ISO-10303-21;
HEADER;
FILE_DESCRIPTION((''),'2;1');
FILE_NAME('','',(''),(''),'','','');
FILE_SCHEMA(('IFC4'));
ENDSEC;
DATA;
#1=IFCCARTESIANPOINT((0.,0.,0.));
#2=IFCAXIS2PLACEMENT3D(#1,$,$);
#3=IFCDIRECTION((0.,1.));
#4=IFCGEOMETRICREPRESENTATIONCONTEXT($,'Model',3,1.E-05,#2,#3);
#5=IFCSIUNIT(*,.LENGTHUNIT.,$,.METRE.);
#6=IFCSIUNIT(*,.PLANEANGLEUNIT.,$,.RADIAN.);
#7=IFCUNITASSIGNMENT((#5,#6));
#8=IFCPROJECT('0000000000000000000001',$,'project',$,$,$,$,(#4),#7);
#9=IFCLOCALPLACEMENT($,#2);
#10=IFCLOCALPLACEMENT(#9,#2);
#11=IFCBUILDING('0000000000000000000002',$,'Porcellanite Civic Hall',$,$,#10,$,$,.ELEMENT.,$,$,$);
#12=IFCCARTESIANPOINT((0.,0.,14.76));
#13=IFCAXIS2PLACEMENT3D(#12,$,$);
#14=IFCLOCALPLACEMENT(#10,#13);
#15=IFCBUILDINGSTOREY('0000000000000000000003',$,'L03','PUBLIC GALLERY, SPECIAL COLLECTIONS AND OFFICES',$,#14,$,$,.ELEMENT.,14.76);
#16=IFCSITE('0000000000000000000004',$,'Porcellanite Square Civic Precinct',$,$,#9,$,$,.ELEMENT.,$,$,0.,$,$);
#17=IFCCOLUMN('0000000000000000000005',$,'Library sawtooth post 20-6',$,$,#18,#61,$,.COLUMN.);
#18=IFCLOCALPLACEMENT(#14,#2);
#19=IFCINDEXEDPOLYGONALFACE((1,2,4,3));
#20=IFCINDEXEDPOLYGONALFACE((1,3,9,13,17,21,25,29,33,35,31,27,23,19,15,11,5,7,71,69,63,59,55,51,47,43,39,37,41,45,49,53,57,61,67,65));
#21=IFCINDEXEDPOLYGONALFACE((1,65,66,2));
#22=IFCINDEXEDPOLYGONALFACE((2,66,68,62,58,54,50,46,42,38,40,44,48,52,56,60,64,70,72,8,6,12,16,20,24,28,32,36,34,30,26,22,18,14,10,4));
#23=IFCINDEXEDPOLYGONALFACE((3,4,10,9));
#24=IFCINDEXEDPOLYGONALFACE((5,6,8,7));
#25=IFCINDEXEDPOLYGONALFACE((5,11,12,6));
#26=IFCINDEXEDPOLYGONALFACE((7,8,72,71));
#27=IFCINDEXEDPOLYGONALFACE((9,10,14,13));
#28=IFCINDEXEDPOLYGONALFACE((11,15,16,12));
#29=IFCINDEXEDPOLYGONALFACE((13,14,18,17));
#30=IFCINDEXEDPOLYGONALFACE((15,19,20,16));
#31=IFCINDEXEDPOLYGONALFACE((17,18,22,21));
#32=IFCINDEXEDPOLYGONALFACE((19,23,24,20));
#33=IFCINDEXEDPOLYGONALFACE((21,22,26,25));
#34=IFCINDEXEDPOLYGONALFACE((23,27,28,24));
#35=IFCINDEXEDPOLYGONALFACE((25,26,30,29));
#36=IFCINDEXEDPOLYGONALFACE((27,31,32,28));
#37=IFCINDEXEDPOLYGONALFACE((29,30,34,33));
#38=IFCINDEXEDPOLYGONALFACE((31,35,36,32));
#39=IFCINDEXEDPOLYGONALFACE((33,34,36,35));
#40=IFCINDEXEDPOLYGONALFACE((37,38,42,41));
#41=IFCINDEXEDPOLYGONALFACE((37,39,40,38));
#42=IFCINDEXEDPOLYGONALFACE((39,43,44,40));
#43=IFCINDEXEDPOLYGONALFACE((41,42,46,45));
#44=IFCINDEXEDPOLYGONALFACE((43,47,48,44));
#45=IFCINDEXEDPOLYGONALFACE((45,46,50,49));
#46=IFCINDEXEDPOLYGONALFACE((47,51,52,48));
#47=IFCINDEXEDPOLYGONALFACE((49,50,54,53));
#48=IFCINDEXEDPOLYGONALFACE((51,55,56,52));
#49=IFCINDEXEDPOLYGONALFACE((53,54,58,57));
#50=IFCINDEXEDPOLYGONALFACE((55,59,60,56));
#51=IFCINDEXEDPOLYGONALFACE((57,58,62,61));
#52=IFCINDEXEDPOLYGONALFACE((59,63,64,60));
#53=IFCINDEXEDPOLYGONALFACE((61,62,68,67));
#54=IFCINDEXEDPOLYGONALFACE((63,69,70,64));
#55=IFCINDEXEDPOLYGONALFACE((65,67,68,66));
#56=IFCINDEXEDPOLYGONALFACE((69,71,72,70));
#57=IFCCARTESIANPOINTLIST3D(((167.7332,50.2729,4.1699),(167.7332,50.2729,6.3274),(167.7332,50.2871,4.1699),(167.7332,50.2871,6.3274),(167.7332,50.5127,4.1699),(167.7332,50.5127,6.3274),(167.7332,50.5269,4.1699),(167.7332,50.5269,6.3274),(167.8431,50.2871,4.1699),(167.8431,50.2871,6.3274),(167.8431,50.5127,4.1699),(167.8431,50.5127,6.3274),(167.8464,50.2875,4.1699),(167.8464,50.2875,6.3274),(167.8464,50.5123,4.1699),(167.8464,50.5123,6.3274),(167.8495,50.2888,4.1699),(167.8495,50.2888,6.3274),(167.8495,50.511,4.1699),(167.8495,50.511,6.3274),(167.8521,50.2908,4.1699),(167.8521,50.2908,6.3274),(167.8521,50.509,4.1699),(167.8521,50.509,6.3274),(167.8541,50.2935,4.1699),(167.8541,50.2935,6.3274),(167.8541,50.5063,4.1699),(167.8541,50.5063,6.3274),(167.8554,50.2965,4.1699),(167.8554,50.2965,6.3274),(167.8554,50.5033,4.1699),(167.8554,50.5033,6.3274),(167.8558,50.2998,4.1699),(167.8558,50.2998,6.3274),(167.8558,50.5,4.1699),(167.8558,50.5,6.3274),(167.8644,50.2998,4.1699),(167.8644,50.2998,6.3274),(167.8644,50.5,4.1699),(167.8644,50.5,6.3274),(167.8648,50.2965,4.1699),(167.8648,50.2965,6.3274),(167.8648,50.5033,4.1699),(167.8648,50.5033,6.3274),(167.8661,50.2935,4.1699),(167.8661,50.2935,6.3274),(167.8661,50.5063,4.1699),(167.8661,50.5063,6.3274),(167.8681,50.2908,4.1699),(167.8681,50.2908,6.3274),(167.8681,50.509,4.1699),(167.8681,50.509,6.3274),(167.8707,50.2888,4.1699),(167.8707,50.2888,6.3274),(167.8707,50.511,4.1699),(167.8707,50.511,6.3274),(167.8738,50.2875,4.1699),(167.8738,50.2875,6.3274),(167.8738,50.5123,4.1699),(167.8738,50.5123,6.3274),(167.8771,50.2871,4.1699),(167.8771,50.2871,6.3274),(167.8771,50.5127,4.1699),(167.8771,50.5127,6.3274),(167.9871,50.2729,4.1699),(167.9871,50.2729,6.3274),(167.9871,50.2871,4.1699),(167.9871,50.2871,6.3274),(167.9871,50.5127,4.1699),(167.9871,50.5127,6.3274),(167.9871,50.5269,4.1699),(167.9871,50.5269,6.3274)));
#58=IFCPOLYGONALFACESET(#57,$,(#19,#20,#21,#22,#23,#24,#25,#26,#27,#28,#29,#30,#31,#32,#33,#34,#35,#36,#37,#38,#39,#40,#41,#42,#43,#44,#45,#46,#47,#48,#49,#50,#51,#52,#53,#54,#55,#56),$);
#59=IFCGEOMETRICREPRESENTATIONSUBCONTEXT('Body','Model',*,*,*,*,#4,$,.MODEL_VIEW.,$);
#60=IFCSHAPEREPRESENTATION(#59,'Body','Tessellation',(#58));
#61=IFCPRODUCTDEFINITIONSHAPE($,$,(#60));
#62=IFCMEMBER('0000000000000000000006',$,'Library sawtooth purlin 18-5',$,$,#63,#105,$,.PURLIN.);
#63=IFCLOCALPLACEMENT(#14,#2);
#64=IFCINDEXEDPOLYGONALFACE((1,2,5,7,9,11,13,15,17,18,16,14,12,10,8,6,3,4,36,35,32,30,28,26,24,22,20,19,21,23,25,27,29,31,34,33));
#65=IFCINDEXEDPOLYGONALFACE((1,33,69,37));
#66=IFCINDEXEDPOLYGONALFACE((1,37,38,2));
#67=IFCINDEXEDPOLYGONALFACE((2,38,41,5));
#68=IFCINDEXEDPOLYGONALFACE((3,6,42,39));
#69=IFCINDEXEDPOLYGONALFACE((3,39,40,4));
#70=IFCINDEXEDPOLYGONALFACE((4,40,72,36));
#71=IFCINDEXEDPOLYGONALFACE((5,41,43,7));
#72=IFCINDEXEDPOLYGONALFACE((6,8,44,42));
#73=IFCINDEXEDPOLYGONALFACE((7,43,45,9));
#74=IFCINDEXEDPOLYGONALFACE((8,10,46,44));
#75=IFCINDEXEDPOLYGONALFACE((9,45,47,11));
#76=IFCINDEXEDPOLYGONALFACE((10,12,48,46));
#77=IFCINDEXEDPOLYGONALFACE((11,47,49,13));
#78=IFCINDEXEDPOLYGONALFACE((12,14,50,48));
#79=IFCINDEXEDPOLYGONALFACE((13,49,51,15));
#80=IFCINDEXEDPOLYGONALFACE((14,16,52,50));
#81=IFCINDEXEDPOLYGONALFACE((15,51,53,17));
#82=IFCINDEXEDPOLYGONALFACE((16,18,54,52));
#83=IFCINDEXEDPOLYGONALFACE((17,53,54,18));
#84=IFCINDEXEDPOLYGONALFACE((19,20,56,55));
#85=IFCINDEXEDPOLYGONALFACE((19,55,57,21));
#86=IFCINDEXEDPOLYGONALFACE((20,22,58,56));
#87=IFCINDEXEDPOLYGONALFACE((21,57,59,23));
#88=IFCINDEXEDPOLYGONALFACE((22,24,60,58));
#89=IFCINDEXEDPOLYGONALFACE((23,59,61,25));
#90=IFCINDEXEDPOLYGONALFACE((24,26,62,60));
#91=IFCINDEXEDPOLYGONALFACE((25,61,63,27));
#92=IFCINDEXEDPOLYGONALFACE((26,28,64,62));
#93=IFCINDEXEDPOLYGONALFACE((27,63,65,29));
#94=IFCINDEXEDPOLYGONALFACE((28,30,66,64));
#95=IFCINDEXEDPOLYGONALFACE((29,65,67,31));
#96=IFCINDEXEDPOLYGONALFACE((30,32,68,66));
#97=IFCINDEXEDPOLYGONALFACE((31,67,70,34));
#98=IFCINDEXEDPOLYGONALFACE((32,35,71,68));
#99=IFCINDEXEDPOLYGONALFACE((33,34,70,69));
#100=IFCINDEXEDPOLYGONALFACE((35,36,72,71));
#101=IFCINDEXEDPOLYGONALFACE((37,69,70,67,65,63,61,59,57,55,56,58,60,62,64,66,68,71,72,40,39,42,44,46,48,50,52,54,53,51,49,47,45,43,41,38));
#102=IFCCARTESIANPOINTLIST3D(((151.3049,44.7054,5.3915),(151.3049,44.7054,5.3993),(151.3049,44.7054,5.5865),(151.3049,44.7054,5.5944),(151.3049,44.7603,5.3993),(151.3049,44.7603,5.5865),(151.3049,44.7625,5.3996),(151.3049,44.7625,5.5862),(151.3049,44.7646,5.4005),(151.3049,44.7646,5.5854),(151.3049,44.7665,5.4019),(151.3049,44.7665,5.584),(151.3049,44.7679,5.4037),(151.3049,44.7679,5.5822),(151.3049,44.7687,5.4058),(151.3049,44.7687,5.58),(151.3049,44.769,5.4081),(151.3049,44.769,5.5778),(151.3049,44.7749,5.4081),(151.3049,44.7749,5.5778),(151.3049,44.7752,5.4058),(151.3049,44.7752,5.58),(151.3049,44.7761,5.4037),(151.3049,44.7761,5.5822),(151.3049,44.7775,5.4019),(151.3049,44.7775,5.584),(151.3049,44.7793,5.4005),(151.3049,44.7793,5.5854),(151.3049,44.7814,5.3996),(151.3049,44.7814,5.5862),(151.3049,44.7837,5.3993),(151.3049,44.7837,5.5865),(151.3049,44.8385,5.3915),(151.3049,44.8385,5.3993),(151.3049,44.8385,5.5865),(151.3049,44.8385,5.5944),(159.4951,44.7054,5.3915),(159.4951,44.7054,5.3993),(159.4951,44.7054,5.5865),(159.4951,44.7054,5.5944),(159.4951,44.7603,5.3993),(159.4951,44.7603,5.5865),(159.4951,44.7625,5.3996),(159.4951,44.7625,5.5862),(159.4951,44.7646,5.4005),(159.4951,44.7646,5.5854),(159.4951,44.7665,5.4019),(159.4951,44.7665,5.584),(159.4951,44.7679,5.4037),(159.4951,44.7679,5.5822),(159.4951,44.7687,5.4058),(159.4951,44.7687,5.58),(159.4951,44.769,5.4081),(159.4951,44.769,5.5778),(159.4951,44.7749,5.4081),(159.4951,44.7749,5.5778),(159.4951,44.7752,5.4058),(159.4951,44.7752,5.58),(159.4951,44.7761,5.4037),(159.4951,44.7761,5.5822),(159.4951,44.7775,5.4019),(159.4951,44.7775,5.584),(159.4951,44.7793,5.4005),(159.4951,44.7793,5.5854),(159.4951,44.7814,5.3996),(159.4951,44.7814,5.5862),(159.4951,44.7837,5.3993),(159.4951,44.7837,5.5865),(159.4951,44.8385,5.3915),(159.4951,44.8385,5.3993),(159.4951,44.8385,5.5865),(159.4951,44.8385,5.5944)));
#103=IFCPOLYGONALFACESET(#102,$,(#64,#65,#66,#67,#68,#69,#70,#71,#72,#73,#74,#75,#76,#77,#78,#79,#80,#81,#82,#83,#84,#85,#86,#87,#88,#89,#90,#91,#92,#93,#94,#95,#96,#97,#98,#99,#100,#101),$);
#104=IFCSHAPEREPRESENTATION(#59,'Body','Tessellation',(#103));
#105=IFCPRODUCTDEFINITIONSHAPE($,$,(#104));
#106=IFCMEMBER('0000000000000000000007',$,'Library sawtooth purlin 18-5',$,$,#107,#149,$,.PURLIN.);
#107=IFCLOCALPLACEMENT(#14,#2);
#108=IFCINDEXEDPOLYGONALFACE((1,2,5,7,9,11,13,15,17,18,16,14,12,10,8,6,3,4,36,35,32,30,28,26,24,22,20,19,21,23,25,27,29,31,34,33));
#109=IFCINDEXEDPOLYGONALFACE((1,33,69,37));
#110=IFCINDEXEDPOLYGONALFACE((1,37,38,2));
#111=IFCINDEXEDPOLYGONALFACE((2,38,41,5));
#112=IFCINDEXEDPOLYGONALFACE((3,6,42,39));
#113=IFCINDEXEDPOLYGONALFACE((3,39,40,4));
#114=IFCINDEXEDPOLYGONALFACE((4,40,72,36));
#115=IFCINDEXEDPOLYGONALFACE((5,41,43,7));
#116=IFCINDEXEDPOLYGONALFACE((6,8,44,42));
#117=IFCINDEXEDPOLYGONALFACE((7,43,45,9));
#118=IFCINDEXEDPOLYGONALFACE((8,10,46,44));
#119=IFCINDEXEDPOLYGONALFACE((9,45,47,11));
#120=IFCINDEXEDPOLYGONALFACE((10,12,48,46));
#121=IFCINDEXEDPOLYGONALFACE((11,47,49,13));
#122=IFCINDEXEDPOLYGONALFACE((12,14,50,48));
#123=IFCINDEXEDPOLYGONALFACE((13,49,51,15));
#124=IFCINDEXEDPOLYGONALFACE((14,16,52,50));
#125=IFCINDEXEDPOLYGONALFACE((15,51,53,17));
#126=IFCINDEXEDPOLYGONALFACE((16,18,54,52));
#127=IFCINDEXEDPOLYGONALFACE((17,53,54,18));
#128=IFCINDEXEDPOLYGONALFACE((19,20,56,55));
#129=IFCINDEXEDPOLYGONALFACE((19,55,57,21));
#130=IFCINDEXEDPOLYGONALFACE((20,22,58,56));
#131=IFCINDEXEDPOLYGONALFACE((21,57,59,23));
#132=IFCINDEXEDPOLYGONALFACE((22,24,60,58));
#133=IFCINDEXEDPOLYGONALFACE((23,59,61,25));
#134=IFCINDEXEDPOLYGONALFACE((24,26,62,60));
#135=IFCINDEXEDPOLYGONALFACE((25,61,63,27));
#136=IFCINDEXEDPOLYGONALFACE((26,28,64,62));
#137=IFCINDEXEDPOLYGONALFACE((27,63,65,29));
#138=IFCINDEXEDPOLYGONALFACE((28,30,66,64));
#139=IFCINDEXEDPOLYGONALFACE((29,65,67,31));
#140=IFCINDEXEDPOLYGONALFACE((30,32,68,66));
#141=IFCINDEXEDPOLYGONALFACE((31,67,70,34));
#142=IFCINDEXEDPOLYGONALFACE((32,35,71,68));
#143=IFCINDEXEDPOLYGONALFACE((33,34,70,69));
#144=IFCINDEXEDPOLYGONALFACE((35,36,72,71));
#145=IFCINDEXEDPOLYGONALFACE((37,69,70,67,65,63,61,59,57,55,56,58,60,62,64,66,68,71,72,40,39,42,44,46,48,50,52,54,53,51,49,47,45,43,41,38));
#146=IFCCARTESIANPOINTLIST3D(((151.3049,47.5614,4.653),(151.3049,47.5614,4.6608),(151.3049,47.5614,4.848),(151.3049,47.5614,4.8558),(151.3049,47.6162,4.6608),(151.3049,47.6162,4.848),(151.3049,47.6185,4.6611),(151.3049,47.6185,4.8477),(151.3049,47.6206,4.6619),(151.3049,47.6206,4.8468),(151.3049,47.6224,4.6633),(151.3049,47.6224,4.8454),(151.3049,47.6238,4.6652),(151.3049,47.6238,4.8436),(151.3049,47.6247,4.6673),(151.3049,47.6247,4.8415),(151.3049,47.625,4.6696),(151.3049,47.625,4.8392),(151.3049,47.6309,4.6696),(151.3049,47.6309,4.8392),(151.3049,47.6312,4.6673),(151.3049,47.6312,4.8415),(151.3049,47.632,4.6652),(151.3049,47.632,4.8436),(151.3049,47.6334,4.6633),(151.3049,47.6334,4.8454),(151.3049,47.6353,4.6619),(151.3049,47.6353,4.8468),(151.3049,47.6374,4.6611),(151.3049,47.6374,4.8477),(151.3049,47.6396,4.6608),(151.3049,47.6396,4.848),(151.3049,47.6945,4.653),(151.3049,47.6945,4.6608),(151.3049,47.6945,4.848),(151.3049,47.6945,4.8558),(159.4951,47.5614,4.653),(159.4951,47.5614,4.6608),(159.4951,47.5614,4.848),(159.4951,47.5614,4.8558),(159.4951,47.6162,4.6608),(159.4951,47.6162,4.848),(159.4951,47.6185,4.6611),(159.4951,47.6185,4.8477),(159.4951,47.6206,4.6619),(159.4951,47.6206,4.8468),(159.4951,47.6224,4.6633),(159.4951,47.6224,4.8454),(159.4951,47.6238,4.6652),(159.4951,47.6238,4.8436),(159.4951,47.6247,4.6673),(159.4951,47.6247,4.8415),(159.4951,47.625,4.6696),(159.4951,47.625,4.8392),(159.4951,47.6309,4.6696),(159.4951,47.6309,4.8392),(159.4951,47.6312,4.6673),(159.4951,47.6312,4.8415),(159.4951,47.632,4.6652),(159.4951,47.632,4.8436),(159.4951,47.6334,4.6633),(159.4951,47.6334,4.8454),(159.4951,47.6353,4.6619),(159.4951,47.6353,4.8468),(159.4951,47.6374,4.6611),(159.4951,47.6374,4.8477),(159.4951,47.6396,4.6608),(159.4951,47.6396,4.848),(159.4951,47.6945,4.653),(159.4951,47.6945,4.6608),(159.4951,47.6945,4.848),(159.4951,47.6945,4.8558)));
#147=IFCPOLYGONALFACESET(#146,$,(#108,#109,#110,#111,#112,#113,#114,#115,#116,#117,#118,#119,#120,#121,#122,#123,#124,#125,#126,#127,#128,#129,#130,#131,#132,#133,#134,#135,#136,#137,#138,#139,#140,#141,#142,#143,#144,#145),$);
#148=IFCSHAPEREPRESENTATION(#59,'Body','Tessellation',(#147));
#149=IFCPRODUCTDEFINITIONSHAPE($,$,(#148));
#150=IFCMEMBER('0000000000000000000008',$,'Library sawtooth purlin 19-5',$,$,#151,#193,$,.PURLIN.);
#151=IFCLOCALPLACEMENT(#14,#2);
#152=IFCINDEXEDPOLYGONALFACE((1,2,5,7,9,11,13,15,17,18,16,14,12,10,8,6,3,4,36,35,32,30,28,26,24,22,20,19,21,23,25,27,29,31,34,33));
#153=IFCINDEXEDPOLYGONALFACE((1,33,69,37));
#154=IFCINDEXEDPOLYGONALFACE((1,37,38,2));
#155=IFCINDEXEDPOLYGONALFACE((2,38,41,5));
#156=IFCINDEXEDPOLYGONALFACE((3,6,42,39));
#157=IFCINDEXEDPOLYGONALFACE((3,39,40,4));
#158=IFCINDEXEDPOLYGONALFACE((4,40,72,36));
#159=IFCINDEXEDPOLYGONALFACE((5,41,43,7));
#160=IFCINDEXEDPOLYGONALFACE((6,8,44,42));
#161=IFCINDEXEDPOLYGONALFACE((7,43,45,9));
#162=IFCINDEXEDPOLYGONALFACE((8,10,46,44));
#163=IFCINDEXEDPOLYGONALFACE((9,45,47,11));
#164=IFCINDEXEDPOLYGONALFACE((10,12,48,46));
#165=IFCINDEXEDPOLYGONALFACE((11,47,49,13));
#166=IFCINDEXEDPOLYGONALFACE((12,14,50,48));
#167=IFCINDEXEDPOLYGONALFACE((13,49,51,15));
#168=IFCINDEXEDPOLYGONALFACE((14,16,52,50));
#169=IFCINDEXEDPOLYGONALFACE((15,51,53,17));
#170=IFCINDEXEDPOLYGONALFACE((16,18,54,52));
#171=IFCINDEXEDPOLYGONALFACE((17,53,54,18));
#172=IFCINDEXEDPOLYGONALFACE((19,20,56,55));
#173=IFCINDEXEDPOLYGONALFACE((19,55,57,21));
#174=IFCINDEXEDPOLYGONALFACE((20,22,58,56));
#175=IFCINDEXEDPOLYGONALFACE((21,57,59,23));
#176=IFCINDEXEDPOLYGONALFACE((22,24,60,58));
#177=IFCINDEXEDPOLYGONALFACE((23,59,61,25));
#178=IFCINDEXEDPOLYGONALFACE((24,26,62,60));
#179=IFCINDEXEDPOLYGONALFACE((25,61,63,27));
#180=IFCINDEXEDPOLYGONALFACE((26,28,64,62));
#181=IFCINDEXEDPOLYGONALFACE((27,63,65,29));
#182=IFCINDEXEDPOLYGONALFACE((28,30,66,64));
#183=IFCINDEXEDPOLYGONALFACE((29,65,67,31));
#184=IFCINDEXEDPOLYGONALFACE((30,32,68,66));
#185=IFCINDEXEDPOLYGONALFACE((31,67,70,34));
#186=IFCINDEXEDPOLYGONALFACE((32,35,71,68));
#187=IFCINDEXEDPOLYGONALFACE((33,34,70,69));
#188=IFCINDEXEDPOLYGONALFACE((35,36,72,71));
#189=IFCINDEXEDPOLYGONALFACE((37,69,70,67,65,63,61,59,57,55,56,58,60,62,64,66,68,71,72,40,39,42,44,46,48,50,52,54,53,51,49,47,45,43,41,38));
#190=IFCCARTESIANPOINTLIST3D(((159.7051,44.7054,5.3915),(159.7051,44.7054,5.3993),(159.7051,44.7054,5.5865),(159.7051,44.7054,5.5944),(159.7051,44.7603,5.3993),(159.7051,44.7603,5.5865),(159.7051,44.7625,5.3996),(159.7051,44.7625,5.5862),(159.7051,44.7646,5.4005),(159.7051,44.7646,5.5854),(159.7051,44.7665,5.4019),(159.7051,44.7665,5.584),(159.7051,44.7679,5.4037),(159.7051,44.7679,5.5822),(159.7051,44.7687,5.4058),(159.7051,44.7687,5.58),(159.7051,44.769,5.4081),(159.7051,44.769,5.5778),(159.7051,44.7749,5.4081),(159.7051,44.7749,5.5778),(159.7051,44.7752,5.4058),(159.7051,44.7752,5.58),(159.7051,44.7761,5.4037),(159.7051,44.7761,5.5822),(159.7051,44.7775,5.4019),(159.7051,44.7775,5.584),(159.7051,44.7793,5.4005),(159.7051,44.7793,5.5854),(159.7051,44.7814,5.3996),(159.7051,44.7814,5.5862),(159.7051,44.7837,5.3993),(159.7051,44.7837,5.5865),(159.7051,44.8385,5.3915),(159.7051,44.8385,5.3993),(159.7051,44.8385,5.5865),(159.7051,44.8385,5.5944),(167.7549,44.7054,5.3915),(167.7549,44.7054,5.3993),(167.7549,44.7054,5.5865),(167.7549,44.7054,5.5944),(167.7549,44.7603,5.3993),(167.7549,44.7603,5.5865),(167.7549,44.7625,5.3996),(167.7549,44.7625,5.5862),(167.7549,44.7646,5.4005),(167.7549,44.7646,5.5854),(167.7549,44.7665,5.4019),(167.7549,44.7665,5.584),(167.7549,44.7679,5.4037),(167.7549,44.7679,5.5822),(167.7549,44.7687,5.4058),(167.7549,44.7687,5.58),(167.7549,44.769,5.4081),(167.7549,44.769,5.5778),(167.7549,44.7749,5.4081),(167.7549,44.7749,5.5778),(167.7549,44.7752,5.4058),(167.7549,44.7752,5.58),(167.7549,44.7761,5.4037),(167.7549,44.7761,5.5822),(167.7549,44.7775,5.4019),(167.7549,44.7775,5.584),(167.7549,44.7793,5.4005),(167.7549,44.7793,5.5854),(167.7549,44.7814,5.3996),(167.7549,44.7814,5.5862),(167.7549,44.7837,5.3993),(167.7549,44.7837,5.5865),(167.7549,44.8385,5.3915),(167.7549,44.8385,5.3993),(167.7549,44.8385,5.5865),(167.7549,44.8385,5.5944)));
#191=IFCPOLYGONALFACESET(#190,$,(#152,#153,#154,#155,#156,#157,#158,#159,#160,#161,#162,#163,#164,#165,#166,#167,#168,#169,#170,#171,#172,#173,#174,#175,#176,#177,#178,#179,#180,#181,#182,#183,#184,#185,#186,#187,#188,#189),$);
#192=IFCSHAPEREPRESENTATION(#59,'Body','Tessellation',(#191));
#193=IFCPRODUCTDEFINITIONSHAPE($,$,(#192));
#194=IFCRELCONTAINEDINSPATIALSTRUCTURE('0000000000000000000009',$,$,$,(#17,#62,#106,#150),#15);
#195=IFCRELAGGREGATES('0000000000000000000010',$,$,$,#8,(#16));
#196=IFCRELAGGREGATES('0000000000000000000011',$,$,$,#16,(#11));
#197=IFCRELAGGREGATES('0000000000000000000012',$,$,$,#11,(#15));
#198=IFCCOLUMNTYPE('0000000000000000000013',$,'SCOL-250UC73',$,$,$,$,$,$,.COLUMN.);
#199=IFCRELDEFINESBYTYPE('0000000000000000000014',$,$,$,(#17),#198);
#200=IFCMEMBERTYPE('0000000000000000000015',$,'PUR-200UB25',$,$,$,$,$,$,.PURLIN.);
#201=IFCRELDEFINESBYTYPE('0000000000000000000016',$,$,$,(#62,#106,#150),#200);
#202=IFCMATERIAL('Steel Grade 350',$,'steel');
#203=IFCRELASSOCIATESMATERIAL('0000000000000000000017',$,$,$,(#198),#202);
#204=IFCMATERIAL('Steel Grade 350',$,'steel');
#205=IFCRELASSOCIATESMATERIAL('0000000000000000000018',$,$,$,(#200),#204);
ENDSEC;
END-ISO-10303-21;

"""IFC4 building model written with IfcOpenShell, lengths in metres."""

from ifc_helpers import new_model, si_unit, direction, frame, origin, origin_2d, place, context, subcontext, project, spatial, i_section, extrude, material, material_profile, profile_set, type_object, element, save


model = new_model("IFC4")

# Units and contexts
model_context = context("Model", 3, precision=1e-05, world=origin(), true_north=direction((0.0, 1.0)))
body_context = subcontext(model_context, "Body", "Model", "MODEL_VIEW")
ifc_project = project(units=[si_unit("LENGTHUNIT", "METRE"), si_unit("PLANEANGLEUNIT", "RADIAN")], contexts=[model_context])

# Site, building, storey
site_placement = place(None, origin())
site = spatial("IfcSite", under=ifc_project, at=site_placement, Name="Porcellanite Square Civic Precinct", CompositionType="ELEMENT", RefElevation=0.0)
building_placement = place(site_placement, origin())
building = spatial("IfcBuilding", under=site, at=building_placement, Name="Porcellanite Civic Hall", CompositionType="ELEMENT")
storey_placement = place(building_placement, frame((0.0, 0.0, 14.76)))
storey = spatial("IfcBuildingStorey", under=building, at=storey_placement, Name="L03", Description="PUBLIC GALLERY, SPECIAL COLLECTIONS AND OFFICES", CompositionType="ELEMENT", Elevation=14.76)

# Column
ifc_material_1 = material(Name="Steel Grade 350", Category="steel")
ifc_material_profile_1 = material_profile(ifc_material_1, i_section(OverallWidth=0.2539, OverallDepth=0.2539, WebThickness=0.0085, FlangeThickness=0.0142, FilletRadius=0.0127, at=origin_2d()), Name="250UC72.9")
ifc_profile_set_1 = profile_set([ifc_material_profile_1], Name="Steel Grade 350")
column_type_1 = type_object("IfcColumnType", Name="SCOL-250UC73", PredefinedType="COLUMN", material=ifc_profile_set_1)
for number, where, z_axis, x_axis, name in (
    (1, (167.8601, 50.3999, 4.1699), (0.0, 0.0, 1.0), (1.0, 0.0, 0.0), "Library sawtooth post 20-6"),
):
    element("IfcColumn", number, at=place(storey_placement, frame(where, z_axis=z_axis, x_axis=x_axis)), inside=storey, type_object=column_type_1, Name=name, PredefinedType="COLUMN", context=body_context, shape_type="SweptSolid", body=[
        extrude(i_section(OverallWidth=0.2539, OverallDepth=0.2539, WebThickness=0.0085, FlangeThickness=0.0142, FilletRadius=0.0127, at=origin_2d()), origin(), (0.0, 0.0, 1.0), 2.1575),
    ])

# Members
ifc_material_2 = material(Name="Steel Grade 350", Category="steel")
ifc_material_profile_2 = material_profile(ifc_material_2, i_section(OverallWidth=0.1331, OverallDepth=0.2029, WebThickness=0.0059, FlangeThickness=0.0078, FilletRadius=0.0088, at=origin_2d()), Name="200UB25.4")
ifc_profile_set_2 = profile_set([ifc_material_profile_2], Name="Steel Grade 350")
member_type = type_object("IfcMemberType", Name="PUR-200UB25", PredefinedType="PURLIN", material=ifc_profile_set_2)
for number, where, z_axis, x_axis, name in (
    (2, (151.3049, 44.772, 5.4929), (1.0, 0.0, 0.0), (0.0, 1.0, 0.0), "Library sawtooth purlin 18-5"),
    (3, (151.3049, 47.6279, 4.7544), (1.0, 0.0, 0.0), (0.0, 1.0, 0.0), "Library sawtooth purlin 18-5"),
):
    element("IfcMember", number, at=place(storey_placement, frame(where, z_axis=z_axis, x_axis=x_axis)), inside=storey, type_object=member_type, Name=name, PredefinedType="PURLIN", context=body_context, shape_type="SweptSolid", body=[
        extrude(i_section(OverallWidth=0.1331, OverallDepth=0.2029, WebThickness=0.0059, FlangeThickness=0.0078, FilletRadius=0.0088, at=origin_2d()), origin(), (0.0, 0.0, 1.0), 8.1902),
    ])
for number, where, z_axis, x_axis, name in (
    (4, (159.7051, 44.772, 5.4929), (1.0, 0.0, 0.0), (0.0, 1.0, 0.0), "Library sawtooth purlin 19-5"),
):
    element("IfcMember", number, at=place(storey_placement, frame(where, z_axis=z_axis, x_axis=x_axis)), inside=storey, type_object=member_type, Name=name, PredefinedType="PURLIN", context=body_context, shape_type="SweptSolid", body=[
        extrude(i_section(OverallWidth=0.1331, OverallDepth=0.2029, WebThickness=0.0059, FlangeThickness=0.0078, FilletRadius=0.0088, at=origin_2d()), origin(), (0.0, 0.0, 1.0), 8.0498),
    ])

save(model, "model.ifc")
